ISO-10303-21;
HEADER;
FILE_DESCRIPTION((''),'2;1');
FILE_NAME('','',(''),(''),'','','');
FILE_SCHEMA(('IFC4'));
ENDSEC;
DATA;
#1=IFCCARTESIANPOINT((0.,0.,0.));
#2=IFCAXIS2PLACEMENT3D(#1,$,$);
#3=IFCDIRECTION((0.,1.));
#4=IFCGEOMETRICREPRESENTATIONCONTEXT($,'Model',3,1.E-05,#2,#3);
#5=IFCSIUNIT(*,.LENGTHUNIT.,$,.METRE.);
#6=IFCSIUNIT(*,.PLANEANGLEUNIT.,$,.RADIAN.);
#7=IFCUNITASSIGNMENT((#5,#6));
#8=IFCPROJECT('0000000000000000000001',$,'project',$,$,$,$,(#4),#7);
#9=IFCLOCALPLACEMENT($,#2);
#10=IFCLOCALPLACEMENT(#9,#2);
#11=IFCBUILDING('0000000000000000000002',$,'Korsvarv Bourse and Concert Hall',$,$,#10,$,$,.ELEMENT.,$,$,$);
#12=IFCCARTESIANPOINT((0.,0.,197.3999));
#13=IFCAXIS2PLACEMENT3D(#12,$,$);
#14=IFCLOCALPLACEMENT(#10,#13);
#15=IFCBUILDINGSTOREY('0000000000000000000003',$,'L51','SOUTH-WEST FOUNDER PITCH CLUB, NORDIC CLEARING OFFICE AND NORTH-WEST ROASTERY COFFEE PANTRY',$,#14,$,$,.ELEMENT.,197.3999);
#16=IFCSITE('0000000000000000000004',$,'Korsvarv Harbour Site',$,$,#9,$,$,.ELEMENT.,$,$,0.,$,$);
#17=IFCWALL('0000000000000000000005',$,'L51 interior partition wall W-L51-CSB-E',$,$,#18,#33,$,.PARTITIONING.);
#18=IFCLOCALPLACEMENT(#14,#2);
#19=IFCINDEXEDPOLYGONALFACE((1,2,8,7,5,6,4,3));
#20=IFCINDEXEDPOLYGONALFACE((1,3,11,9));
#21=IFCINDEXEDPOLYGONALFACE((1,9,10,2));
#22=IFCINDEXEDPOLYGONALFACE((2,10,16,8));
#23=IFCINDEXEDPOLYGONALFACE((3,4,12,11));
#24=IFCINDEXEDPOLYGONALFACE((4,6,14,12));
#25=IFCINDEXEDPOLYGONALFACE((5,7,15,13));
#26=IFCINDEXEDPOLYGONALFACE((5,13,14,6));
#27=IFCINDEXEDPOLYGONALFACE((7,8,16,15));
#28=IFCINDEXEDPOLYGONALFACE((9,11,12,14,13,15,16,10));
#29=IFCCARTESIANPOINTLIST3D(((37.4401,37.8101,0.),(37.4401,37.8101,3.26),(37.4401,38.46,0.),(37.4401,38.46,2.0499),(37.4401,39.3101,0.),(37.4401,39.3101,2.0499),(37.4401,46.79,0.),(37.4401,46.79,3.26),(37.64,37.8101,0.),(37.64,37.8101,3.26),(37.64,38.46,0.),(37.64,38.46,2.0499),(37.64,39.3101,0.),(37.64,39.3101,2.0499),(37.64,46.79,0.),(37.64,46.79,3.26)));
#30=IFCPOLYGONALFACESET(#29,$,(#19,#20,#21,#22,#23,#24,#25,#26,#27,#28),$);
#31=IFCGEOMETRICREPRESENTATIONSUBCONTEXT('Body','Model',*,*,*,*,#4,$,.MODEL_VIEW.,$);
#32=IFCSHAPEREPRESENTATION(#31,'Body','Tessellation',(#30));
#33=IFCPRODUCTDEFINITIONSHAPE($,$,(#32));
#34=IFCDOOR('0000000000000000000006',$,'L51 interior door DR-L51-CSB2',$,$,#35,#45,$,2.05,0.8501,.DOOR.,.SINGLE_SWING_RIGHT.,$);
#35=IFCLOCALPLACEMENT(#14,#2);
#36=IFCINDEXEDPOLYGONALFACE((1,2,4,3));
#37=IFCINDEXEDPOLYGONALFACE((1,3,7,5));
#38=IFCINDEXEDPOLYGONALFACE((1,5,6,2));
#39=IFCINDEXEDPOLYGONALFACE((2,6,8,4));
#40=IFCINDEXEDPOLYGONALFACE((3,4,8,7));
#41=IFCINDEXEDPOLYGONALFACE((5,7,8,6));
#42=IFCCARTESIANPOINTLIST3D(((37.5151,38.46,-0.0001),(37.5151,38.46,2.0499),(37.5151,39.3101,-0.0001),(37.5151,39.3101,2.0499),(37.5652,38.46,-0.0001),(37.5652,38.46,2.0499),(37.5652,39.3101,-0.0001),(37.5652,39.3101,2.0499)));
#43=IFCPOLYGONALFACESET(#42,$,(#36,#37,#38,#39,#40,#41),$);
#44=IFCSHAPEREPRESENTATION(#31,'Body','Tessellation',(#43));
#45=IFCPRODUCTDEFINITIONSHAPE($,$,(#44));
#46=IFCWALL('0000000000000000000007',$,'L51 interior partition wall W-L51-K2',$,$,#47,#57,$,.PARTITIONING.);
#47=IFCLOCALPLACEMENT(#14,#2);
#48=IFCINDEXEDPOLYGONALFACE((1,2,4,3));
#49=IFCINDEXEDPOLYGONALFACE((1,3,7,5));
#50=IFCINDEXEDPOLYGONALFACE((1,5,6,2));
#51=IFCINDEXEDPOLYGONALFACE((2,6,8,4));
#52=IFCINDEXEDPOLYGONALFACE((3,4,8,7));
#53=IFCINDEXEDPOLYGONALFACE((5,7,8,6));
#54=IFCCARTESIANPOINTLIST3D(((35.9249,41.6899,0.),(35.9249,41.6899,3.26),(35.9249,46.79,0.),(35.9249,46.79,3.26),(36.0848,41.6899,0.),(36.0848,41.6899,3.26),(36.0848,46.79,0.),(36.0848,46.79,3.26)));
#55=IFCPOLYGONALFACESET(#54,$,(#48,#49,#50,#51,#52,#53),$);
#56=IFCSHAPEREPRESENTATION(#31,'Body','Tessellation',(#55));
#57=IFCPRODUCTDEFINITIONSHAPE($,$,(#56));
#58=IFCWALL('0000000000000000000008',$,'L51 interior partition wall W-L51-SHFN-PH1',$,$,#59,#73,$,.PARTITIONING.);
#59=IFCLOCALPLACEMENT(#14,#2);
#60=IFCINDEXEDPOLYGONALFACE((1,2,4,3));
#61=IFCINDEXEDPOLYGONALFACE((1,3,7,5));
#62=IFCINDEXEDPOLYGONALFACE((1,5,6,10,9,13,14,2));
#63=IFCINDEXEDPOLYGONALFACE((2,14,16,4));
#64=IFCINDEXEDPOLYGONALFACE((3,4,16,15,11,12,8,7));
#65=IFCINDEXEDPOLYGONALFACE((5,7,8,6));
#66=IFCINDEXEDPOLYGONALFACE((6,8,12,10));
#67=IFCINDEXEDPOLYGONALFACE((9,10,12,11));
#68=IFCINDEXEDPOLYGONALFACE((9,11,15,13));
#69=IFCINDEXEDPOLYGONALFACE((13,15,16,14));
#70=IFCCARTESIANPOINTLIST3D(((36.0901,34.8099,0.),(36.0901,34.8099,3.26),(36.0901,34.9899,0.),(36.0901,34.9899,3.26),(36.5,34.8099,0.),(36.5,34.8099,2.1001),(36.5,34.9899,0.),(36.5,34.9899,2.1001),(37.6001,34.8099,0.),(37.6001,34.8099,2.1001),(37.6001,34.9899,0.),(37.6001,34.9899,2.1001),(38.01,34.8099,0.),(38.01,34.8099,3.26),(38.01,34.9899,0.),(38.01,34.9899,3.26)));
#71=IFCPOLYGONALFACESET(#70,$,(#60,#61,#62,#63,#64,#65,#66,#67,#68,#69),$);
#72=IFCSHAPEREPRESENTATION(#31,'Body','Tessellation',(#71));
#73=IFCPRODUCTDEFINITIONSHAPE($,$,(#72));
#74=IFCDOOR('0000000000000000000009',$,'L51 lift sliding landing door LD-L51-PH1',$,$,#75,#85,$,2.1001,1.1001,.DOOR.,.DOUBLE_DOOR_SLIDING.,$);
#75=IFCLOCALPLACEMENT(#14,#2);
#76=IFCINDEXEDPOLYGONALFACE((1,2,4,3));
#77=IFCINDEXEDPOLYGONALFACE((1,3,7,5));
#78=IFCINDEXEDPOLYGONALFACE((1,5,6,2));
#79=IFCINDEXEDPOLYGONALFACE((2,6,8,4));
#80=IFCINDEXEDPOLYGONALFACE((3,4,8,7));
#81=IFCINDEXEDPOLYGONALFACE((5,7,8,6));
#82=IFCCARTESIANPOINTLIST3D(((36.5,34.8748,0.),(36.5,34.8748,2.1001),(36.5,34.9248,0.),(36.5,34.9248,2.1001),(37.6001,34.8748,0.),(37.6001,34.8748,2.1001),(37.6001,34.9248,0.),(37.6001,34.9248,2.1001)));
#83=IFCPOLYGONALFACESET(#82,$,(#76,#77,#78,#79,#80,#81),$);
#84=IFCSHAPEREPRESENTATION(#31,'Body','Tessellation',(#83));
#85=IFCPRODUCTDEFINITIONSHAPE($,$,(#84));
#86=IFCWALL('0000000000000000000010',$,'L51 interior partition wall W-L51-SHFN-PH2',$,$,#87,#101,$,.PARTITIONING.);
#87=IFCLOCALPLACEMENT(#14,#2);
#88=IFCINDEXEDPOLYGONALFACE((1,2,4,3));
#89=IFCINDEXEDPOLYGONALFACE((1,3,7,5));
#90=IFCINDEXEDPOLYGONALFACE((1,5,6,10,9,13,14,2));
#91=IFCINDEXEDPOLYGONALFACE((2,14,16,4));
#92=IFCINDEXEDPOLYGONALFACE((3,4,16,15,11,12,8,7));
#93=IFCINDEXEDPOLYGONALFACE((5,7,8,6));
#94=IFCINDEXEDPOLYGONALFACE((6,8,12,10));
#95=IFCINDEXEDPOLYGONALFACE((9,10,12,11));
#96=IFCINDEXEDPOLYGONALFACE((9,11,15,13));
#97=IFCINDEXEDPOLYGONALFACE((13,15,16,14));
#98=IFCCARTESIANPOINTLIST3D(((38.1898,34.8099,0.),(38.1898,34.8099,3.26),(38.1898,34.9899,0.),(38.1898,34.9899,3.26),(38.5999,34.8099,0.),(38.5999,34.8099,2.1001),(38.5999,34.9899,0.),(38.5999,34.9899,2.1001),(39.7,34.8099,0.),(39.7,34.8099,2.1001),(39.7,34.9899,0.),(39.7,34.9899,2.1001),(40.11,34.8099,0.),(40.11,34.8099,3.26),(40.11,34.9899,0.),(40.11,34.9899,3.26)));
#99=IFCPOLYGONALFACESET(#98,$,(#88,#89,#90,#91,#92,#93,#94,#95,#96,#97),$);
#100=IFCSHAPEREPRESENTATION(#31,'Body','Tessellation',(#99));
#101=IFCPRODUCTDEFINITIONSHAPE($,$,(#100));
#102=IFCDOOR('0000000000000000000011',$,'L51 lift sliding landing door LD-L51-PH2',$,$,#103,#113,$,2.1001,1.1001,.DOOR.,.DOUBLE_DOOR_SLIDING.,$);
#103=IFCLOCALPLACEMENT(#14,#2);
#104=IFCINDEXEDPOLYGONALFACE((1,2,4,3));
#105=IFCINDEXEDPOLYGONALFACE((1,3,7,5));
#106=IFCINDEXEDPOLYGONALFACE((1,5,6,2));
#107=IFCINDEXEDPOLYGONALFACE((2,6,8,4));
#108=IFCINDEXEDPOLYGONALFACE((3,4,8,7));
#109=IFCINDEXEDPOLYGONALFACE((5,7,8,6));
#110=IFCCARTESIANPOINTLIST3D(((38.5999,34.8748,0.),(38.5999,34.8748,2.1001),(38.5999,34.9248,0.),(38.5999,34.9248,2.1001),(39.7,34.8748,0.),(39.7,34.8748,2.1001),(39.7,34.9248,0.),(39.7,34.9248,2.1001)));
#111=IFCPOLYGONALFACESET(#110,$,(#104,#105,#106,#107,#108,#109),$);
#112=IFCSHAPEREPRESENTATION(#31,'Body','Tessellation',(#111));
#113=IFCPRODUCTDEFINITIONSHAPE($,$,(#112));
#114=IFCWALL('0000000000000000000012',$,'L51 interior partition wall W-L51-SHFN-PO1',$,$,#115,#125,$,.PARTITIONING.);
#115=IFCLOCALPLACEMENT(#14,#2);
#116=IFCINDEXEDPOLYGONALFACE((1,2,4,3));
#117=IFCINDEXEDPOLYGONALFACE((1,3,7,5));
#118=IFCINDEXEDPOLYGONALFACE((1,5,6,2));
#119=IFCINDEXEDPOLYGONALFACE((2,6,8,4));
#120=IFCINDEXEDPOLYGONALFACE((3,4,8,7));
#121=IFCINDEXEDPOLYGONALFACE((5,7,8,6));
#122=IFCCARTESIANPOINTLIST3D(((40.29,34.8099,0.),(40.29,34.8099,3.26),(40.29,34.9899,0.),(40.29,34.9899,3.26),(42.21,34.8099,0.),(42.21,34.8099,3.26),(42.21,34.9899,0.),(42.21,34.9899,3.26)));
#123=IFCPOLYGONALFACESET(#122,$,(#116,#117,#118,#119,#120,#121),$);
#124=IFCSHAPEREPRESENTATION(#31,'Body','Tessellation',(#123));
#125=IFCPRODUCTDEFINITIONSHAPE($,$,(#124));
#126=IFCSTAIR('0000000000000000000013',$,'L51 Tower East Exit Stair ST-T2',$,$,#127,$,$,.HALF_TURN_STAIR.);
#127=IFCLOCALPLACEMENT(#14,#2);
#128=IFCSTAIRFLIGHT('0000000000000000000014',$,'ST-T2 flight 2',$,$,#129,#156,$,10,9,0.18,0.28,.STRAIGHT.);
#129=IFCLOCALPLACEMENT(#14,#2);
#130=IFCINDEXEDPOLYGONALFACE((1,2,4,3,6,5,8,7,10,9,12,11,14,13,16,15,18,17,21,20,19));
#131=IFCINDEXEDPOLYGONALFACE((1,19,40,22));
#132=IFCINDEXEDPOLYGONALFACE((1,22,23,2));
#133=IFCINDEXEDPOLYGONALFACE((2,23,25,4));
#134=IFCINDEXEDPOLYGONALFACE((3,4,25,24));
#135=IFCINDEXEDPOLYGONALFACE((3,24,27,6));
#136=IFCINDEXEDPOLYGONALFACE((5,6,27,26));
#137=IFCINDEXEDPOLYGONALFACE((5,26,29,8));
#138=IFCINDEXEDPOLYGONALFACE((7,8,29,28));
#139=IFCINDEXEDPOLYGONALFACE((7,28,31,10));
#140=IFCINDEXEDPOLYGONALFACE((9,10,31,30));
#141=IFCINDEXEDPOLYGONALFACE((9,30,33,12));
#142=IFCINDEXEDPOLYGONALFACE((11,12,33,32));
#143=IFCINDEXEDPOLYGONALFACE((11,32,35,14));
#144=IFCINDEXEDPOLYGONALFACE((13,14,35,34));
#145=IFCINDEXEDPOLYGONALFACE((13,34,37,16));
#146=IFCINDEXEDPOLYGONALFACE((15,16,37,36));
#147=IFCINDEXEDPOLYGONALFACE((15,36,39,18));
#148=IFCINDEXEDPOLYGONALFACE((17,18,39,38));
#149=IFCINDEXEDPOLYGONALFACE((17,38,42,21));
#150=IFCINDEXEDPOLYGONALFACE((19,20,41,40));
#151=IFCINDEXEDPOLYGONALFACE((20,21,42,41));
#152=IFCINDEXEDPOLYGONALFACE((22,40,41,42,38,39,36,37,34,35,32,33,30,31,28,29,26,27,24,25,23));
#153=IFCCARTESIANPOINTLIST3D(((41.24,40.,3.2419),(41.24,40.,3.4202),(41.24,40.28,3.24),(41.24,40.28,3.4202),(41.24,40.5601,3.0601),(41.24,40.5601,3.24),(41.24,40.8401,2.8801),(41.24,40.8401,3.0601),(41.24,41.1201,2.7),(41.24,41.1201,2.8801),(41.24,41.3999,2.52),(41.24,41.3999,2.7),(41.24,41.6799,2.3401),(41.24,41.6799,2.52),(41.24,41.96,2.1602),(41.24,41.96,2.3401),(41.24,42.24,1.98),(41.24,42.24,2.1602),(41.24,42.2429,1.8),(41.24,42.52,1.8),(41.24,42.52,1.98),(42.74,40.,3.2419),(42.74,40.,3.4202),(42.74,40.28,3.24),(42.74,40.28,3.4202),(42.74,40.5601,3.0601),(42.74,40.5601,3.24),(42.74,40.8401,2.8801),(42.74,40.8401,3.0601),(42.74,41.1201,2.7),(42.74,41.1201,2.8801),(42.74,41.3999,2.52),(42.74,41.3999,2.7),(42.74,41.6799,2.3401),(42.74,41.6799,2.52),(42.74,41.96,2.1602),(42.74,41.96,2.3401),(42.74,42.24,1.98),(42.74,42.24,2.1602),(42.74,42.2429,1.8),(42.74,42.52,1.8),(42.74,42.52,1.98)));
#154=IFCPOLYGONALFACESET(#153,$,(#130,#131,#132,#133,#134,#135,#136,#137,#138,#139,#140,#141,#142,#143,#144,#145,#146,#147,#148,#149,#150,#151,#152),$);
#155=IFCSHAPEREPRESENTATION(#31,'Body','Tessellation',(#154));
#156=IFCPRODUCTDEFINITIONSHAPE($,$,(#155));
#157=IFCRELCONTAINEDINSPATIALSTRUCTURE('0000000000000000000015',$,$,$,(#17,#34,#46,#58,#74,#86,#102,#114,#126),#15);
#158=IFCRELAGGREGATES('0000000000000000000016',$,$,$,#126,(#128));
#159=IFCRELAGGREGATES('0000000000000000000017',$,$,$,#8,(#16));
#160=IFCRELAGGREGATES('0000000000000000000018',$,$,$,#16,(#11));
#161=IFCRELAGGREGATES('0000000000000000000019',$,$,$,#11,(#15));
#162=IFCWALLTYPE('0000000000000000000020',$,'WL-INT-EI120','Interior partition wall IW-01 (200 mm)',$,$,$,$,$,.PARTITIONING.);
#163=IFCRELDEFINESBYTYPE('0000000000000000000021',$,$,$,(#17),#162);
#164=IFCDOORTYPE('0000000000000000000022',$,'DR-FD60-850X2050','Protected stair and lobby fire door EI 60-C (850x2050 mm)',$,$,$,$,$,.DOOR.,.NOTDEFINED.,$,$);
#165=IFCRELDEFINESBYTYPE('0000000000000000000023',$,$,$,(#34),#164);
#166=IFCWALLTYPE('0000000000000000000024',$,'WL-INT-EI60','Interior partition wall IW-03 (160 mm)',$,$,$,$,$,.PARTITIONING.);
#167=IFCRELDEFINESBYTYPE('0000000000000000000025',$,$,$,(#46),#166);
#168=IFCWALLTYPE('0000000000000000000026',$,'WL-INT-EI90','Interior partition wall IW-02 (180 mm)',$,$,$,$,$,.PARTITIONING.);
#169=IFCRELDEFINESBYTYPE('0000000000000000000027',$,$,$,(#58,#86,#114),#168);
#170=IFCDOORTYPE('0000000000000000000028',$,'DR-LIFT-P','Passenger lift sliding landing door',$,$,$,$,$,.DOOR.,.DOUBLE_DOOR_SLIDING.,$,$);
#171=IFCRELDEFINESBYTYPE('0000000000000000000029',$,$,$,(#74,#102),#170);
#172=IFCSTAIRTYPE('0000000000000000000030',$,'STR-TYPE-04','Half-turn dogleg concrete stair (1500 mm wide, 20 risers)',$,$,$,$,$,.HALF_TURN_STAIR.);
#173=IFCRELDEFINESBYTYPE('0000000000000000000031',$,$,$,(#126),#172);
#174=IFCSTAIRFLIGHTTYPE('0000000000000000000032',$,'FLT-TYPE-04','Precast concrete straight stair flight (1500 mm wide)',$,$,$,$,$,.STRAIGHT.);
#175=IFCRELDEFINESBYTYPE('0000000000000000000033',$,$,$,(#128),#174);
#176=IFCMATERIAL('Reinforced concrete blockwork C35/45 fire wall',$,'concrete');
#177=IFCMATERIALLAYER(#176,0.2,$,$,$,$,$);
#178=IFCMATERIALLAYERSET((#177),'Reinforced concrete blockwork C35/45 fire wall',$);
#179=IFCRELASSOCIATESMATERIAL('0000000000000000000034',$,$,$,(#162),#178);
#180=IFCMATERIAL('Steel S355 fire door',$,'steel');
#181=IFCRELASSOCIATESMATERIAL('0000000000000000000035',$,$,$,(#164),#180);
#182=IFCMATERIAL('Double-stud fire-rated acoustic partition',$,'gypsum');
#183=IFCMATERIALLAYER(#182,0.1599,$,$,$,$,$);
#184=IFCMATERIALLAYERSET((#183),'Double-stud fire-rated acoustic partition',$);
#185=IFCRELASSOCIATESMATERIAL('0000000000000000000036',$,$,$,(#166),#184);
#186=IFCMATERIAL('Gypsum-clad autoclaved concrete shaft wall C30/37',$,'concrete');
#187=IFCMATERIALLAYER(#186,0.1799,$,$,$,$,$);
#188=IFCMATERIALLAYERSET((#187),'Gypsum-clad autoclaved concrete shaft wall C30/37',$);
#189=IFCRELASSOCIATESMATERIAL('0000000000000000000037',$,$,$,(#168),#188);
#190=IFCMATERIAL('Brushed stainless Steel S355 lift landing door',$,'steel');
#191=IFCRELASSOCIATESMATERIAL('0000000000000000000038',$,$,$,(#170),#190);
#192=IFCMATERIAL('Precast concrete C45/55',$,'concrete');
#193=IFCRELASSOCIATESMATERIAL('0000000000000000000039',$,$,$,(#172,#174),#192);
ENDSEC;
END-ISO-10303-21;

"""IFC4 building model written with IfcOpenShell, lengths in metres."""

from ifc_helpers import new_model, si_unit, direction, frame, frame_2d, origin, place, context, subcontext, project, spatial, polyline, rectangle, outline, extrude, material, layer, layer_set, type_object, element, fill, aggregate, save


model = new_model("IFC4")

# Units and contexts
model_context = context("Model", 3, precision=1e-05, world=origin(), true_north=direction((0.0, 1.0)))
body_context = subcontext(model_context, "Body", "Model", "MODEL_VIEW")
ifc_project = project(units=[si_unit("LENGTHUNIT", "METRE"), si_unit("PLANEANGLEUNIT", "RADIAN")], contexts=[model_context])

# Site, building, storey
site_placement = place(None, origin())
site = spatial("IfcSite", under=ifc_project, at=site_placement, Name="Korsvarv Harbour Site", CompositionType="ELEMENT", RefElevation=0.0)
building_placement = place(site_placement, origin())
building = spatial("IfcBuilding", under=site, at=building_placement, Name="Korsvarv Bourse and Concert Hall", CompositionType="ELEMENT")
storey_placement = place(building_placement, frame((0.0, 0.0, 197.3999)))
storey = spatial("IfcBuildingStorey", under=building, at=storey_placement, Name="L51", Description="SOUTH-WEST FOUNDER PITCH CLUB, NORDIC CLEARING OFFICE AND NORTH-WEST ROASTERY COFFEE PANTRY", CompositionType="ELEMENT", Elevation=197.3999)

# Shared definitions
ifc_material_1 = material(Name="Steel S355 fire door", Category="steel")

# Wall, opening, door
ifc_material_2 = material(Name="Reinforced concrete blockwork C35/45 fire wall", Category="concrete")
ifc_layer_1 = layer(ifc_material_2, 0.2)
ifc_layer_set_1 = layer_set([ifc_layer_1], Name="Reinforced concrete blockwork C35/45 fire wall")
wall_type_1 = type_object("IfcWallType", Name="WL-INT-EI120", Description="Interior partition wall IW-01 (200 mm)", PredefinedType="PARTITIONING", material=ifc_layer_set_1)
wall_1_placement = place(storey_placement, frame((37.54, 37.8101, 0.0), z_axis=(0.0, 0.0, 1.0), x_axis=(0.0, 1.0, 0.0)))
wall_1 = element("IfcWall", 1, at=wall_1_placement, inside=storey, type_object=wall_type_1, Name="L51 interior partition wall W-L51-CSB-E", PredefinedType="PARTITIONING", context=body_context, shape_type="SweptSolid", body=[
    extrude(rectangle(XDim=8.98, YDim=0.2, at=frame_2d((4.49, 0.0))), origin(), (0.0, 0.0, 1.0), 3.26),
])
opening_1_placement = place(wall_1_placement, frame((0.6499, 0.0, 0.0)))
opening_1 = element("IfcOpeningElement", 2, at=opening_1_placement, cuts=wall_1, PredefinedType="OPENING", context=body_context, shape_type="SweptSolid", body=[
    extrude(rectangle(XDim=0.8501, YDim=2.05, at=frame_2d((0.425, 1.0249))), frame((0.0, 0.1099, 0.0), z_axis=(0.0, -1.0, 0.0), x_axis=(1.0, 0.0, 0.0)), (0.0, 0.0, 1.0), 0.22),
])
door_type_1 = type_object("IfcDoorType", Name="DR-FD60-850X2050", Description="Protected stair and lobby fire door EI 60-C (850x2050 mm)", OperationType="NOTDEFINED", PredefinedType="DOOR", material=ifc_material_1)
door_1_placement = place(opening_1_placement, origin())
door_1 = element("IfcDoor", 3, at=door_1_placement, inside=storey, type_object=door_type_1, Name="L51 interior door DR-L51-CSB2", OperationType="SINGLE_SWING_RIGHT", OverallHeight=2.05, OverallWidth=0.8501, PredefinedType="DOOR", context=body_context, shape_type="SweptSolid", body=[
    extrude(rectangle(XDim=0.8501, YDim=2.05, at=frame_2d((0.425, 1.0249))), frame((0.0, 0.0249, 0.0), z_axis=(0.0, -1.0, 0.0), x_axis=(1.0, 0.0, 0.0)), (0.0, 0.0, 1.0), 0.05),
])
fill(opening_1, door_1)

# Wall
ifc_material_3 = material(Name="Double-stud fire-rated acoustic partition", Category="gypsum")
ifc_layer_2 = layer(ifc_material_3, 0.1599)
ifc_layer_set_2 = layer_set([ifc_layer_2], Name="Double-stud fire-rated acoustic partition")
wall_type_2 = type_object("IfcWallType", Name="WL-INT-EI60", Description="Interior partition wall IW-03 (160 mm)", PredefinedType="PARTITIONING", material=ifc_layer_set_2)
wall_2_placement = place(storey_placement, frame((36.0049, 41.6899, 0.0), z_axis=(0.0, 0.0, 1.0), x_axis=(0.0, 1.0, 0.0)))
element("IfcWall", 4, at=wall_2_placement, inside=storey, type_object=wall_type_2, Name="L51 interior partition wall W-L51-K2", PredefinedType="PARTITIONING", context=body_context, shape_type="SweptSolid", body=[
    extrude(rectangle(XDim=5.1001, YDim=0.1599, at=frame_2d((2.55, 0.0))), origin(), (0.0, 0.0, 1.0), 3.26),
])

# Walls, openings, doors
ifc_material_4 = material(Name="Gypsum-clad autoclaved concrete shaft wall C30/37", Category="concrete")
ifc_layer_3 = layer(ifc_material_4, 0.1799)
ifc_layer_set_3 = layer_set([ifc_layer_3], Name="Gypsum-clad autoclaved concrete shaft wall C30/37")
wall_type_3 = type_object("IfcWallType", Name="WL-INT-EI90", Description="Interior partition wall IW-02 (180 mm)", PredefinedType="PARTITIONING", material=ifc_layer_set_3)
wall_3_placement = place(storey_placement, frame((36.0901, 34.8999, 0.0), z_axis=(0.0, 0.0, 1.0), x_axis=(1.0, 0.0, 0.0)))
wall_3 = element("IfcWall", 5, at=wall_3_placement, inside=storey, type_object=wall_type_3, Name="L51 interior partition wall W-L51-SHFN-PH1", PredefinedType="PARTITIONING", context=body_context, shape_type="SweptSolid", body=[
    extrude(rectangle(XDim=1.9199, YDim=0.1799, at=frame_2d((0.96, 0.0))), origin(), (0.0, 0.0, 1.0), 3.26),
])
opening_2_placement = place(wall_3_placement, frame((0.4099, 0.0, 0.0)))
opening_2 = element("IfcOpeningElement", 6, at=opening_2_placement, cuts=wall_3, PredefinedType="OPENING", context=body_context, shape_type="SweptSolid", body=[
    extrude(rectangle(XDim=1.1001, YDim=2.1001, at=frame_2d((0.55, 1.05))), frame((0.0, 0.1001, 0.0), z_axis=(0.0, -1.0, 0.0), x_axis=(1.0, 0.0, 0.0)), (0.0, 0.0, 1.0), 0.2),
])
ifc_material_5 = material(Name="Brushed stainless Steel S355 lift landing door", Category="steel")
door_type_2 = type_object("IfcDoorType", Name="DR-LIFT-P", Description="Passenger lift sliding landing door", OperationType="DOUBLE_DOOR_SLIDING", PredefinedType="DOOR", material=ifc_material_5)
door_2_placement = place(opening_2_placement, origin())
door_2 = element("IfcDoor", 7, at=door_2_placement, inside=storey, type_object=door_type_2, Name="L51 lift sliding landing door LD-L51-PH1", OperationType="DOUBLE_DOOR_SLIDING", OverallHeight=2.1001, OverallWidth=1.1001, PredefinedType="DOOR", context=body_context, shape_type="SweptSolid", body=[
    extrude(rectangle(XDim=1.1001, YDim=2.1001, at=frame_2d((0.55, 1.05))), frame((0.0, 0.0249, 0.0), z_axis=(0.0, -1.0, 0.0), x_axis=(1.0, 0.0, 0.0)), (0.0, 0.0, 1.0), 0.05),
])
fill(opening_2, door_2)
wall_4_placement = place(storey_placement, frame((38.1899, 34.8999, 0.0), z_axis=(0.0, 0.0, 1.0), x_axis=(1.0, 0.0, 0.0)))
wall_4 = element("IfcWall", 8, at=wall_4_placement, inside=storey, type_object=wall_type_3, Name="L51 interior partition wall W-L51-SHFN-PH2", PredefinedType="PARTITIONING", context=body_context, shape_type="SweptSolid", body=[
    extrude(rectangle(XDim=1.9202, YDim=0.1799, at=frame_2d((0.96, 0.0))), origin(), (0.0, 0.0, 1.0), 3.26),
])
opening_3_placement = place(wall_4_placement, frame((0.4099, 0.0, 0.0)))
opening_3 = element("IfcOpeningElement", 9, at=opening_3_placement, cuts=wall_4, PredefinedType="OPENING", context=body_context, shape_type="SweptSolid", body=[
    extrude(rectangle(XDim=1.1001, YDim=2.1001, at=frame_2d((0.55, 1.05))), frame((0.0, 0.1001, 0.0), z_axis=(0.0, -1.0, 0.0), x_axis=(1.0, 0.0, 0.0)), (0.0, 0.0, 1.0), 0.2),
])
door_3_placement = place(opening_3_placement, origin())
door_3 = element("IfcDoor", 10, at=door_3_placement, inside=storey, type_object=door_type_2, Name="L51 lift sliding landing door LD-L51-PH2", OperationType="DOUBLE_DOOR_SLIDING", OverallHeight=2.1001, OverallWidth=1.1001, PredefinedType="DOOR", context=body_context, shape_type="SweptSolid", body=[
    extrude(rectangle(XDim=1.1001, YDim=2.1001, at=frame_2d((0.55, 1.05))), frame((0.0, 0.0249, 0.0), z_axis=(0.0, -1.0, 0.0), x_axis=(1.0, 0.0, 0.0)), (0.0, 0.0, 1.0), 0.05),
])
fill(opening_3, door_3)

# Wall
wall_5_placement = place(storey_placement, frame((40.29, 34.8999, 0.0), z_axis=(0.0, 0.0, 1.0), x_axis=(1.0, 0.0, 0.0)))
element("IfcWall", 11, at=wall_5_placement, inside=storey, type_object=wall_type_3, Name="L51 interior partition wall W-L51-SHFN-PO1", PredefinedType="PARTITIONING", context=body_context, shape_type="SweptSolid", body=[
    extrude(rectangle(XDim=1.9199, YDim=0.1799, at=frame_2d((0.96, 0.0))), origin(), (0.0, 0.0, 1.0), 3.26),
])

# Stair, stair flight
ifc_material_6 = material(Name="Precast concrete C45/55", Category="concrete")
stair_type = type_object("IfcStairType", Name="STR-TYPE-04", Description="Half-turn dogleg concrete stair (1500 mm wide, 20 risers)", PredefinedType="HALF_TURN_STAIR", material=ifc_material_6)
stair_placement = place(storey_placement, origin())
stair = element("IfcStair", 12, at=stair_placement, inside=storey, type_object=stair_type, Name="L51 Tower East Exit Stair ST-T2", PredefinedType="HALF_TURN_STAIR")
stair_flight_type = type_object("IfcStairFlightType", Name="FLT-TYPE-04", Description="Precast concrete straight stair flight (1500 mm wide)", PredefinedType="STRAIGHT", material=ifc_material_6)
stair_flight_placement = place(storey_placement, frame((41.99, 42.52, 1.8), z_axis=(0.0, 0.0, 1.0), x_axis=(0.0, -1.0, 0.0)))
stair_flight = element("IfcStairFlight", 13, at=stair_flight_placement, type_object=stair_flight_type, Name="ST-T2 flight 2", NumberOfRisers=10, NumberOfTreads=9, PredefinedType="STRAIGHT", RiserHeight=0.18, TreadLength=0.28, context=body_context, shape_type="SweptSolid", body=[
    extrude(outline(polyline([(0.0, 0.0), (0.0, 0.1799), (0.28, 0.1799), (0.28, 0.3601), (0.5601, 0.3601), (0.5601, 0.54), (0.8401, 0.54), (0.8401, 0.72), (1.1201, 0.72), (1.1201, 0.8999), (1.3999, 0.8999), (1.3999, 1.0801), (1.6799, 1.0801), (1.6799, 1.26), (1.96, 1.26), (1.96, 1.4399), (2.24, 1.4399), (2.24, 1.6201), (2.52, 1.6201), (2.52, 1.8), (2.52, 1.4419), (0.2771, 0.0), (0.0, 0.0)])), frame((0.0, 0.75, 0.0), z_axis=(0.0, -1.0, 0.0), x_axis=(1.0, 0.0, 0.0)), (0.0, 0.0, 1.0), 1.5),
])
aggregate(stair, [stair_flight])

save(model, "model.ifc")
